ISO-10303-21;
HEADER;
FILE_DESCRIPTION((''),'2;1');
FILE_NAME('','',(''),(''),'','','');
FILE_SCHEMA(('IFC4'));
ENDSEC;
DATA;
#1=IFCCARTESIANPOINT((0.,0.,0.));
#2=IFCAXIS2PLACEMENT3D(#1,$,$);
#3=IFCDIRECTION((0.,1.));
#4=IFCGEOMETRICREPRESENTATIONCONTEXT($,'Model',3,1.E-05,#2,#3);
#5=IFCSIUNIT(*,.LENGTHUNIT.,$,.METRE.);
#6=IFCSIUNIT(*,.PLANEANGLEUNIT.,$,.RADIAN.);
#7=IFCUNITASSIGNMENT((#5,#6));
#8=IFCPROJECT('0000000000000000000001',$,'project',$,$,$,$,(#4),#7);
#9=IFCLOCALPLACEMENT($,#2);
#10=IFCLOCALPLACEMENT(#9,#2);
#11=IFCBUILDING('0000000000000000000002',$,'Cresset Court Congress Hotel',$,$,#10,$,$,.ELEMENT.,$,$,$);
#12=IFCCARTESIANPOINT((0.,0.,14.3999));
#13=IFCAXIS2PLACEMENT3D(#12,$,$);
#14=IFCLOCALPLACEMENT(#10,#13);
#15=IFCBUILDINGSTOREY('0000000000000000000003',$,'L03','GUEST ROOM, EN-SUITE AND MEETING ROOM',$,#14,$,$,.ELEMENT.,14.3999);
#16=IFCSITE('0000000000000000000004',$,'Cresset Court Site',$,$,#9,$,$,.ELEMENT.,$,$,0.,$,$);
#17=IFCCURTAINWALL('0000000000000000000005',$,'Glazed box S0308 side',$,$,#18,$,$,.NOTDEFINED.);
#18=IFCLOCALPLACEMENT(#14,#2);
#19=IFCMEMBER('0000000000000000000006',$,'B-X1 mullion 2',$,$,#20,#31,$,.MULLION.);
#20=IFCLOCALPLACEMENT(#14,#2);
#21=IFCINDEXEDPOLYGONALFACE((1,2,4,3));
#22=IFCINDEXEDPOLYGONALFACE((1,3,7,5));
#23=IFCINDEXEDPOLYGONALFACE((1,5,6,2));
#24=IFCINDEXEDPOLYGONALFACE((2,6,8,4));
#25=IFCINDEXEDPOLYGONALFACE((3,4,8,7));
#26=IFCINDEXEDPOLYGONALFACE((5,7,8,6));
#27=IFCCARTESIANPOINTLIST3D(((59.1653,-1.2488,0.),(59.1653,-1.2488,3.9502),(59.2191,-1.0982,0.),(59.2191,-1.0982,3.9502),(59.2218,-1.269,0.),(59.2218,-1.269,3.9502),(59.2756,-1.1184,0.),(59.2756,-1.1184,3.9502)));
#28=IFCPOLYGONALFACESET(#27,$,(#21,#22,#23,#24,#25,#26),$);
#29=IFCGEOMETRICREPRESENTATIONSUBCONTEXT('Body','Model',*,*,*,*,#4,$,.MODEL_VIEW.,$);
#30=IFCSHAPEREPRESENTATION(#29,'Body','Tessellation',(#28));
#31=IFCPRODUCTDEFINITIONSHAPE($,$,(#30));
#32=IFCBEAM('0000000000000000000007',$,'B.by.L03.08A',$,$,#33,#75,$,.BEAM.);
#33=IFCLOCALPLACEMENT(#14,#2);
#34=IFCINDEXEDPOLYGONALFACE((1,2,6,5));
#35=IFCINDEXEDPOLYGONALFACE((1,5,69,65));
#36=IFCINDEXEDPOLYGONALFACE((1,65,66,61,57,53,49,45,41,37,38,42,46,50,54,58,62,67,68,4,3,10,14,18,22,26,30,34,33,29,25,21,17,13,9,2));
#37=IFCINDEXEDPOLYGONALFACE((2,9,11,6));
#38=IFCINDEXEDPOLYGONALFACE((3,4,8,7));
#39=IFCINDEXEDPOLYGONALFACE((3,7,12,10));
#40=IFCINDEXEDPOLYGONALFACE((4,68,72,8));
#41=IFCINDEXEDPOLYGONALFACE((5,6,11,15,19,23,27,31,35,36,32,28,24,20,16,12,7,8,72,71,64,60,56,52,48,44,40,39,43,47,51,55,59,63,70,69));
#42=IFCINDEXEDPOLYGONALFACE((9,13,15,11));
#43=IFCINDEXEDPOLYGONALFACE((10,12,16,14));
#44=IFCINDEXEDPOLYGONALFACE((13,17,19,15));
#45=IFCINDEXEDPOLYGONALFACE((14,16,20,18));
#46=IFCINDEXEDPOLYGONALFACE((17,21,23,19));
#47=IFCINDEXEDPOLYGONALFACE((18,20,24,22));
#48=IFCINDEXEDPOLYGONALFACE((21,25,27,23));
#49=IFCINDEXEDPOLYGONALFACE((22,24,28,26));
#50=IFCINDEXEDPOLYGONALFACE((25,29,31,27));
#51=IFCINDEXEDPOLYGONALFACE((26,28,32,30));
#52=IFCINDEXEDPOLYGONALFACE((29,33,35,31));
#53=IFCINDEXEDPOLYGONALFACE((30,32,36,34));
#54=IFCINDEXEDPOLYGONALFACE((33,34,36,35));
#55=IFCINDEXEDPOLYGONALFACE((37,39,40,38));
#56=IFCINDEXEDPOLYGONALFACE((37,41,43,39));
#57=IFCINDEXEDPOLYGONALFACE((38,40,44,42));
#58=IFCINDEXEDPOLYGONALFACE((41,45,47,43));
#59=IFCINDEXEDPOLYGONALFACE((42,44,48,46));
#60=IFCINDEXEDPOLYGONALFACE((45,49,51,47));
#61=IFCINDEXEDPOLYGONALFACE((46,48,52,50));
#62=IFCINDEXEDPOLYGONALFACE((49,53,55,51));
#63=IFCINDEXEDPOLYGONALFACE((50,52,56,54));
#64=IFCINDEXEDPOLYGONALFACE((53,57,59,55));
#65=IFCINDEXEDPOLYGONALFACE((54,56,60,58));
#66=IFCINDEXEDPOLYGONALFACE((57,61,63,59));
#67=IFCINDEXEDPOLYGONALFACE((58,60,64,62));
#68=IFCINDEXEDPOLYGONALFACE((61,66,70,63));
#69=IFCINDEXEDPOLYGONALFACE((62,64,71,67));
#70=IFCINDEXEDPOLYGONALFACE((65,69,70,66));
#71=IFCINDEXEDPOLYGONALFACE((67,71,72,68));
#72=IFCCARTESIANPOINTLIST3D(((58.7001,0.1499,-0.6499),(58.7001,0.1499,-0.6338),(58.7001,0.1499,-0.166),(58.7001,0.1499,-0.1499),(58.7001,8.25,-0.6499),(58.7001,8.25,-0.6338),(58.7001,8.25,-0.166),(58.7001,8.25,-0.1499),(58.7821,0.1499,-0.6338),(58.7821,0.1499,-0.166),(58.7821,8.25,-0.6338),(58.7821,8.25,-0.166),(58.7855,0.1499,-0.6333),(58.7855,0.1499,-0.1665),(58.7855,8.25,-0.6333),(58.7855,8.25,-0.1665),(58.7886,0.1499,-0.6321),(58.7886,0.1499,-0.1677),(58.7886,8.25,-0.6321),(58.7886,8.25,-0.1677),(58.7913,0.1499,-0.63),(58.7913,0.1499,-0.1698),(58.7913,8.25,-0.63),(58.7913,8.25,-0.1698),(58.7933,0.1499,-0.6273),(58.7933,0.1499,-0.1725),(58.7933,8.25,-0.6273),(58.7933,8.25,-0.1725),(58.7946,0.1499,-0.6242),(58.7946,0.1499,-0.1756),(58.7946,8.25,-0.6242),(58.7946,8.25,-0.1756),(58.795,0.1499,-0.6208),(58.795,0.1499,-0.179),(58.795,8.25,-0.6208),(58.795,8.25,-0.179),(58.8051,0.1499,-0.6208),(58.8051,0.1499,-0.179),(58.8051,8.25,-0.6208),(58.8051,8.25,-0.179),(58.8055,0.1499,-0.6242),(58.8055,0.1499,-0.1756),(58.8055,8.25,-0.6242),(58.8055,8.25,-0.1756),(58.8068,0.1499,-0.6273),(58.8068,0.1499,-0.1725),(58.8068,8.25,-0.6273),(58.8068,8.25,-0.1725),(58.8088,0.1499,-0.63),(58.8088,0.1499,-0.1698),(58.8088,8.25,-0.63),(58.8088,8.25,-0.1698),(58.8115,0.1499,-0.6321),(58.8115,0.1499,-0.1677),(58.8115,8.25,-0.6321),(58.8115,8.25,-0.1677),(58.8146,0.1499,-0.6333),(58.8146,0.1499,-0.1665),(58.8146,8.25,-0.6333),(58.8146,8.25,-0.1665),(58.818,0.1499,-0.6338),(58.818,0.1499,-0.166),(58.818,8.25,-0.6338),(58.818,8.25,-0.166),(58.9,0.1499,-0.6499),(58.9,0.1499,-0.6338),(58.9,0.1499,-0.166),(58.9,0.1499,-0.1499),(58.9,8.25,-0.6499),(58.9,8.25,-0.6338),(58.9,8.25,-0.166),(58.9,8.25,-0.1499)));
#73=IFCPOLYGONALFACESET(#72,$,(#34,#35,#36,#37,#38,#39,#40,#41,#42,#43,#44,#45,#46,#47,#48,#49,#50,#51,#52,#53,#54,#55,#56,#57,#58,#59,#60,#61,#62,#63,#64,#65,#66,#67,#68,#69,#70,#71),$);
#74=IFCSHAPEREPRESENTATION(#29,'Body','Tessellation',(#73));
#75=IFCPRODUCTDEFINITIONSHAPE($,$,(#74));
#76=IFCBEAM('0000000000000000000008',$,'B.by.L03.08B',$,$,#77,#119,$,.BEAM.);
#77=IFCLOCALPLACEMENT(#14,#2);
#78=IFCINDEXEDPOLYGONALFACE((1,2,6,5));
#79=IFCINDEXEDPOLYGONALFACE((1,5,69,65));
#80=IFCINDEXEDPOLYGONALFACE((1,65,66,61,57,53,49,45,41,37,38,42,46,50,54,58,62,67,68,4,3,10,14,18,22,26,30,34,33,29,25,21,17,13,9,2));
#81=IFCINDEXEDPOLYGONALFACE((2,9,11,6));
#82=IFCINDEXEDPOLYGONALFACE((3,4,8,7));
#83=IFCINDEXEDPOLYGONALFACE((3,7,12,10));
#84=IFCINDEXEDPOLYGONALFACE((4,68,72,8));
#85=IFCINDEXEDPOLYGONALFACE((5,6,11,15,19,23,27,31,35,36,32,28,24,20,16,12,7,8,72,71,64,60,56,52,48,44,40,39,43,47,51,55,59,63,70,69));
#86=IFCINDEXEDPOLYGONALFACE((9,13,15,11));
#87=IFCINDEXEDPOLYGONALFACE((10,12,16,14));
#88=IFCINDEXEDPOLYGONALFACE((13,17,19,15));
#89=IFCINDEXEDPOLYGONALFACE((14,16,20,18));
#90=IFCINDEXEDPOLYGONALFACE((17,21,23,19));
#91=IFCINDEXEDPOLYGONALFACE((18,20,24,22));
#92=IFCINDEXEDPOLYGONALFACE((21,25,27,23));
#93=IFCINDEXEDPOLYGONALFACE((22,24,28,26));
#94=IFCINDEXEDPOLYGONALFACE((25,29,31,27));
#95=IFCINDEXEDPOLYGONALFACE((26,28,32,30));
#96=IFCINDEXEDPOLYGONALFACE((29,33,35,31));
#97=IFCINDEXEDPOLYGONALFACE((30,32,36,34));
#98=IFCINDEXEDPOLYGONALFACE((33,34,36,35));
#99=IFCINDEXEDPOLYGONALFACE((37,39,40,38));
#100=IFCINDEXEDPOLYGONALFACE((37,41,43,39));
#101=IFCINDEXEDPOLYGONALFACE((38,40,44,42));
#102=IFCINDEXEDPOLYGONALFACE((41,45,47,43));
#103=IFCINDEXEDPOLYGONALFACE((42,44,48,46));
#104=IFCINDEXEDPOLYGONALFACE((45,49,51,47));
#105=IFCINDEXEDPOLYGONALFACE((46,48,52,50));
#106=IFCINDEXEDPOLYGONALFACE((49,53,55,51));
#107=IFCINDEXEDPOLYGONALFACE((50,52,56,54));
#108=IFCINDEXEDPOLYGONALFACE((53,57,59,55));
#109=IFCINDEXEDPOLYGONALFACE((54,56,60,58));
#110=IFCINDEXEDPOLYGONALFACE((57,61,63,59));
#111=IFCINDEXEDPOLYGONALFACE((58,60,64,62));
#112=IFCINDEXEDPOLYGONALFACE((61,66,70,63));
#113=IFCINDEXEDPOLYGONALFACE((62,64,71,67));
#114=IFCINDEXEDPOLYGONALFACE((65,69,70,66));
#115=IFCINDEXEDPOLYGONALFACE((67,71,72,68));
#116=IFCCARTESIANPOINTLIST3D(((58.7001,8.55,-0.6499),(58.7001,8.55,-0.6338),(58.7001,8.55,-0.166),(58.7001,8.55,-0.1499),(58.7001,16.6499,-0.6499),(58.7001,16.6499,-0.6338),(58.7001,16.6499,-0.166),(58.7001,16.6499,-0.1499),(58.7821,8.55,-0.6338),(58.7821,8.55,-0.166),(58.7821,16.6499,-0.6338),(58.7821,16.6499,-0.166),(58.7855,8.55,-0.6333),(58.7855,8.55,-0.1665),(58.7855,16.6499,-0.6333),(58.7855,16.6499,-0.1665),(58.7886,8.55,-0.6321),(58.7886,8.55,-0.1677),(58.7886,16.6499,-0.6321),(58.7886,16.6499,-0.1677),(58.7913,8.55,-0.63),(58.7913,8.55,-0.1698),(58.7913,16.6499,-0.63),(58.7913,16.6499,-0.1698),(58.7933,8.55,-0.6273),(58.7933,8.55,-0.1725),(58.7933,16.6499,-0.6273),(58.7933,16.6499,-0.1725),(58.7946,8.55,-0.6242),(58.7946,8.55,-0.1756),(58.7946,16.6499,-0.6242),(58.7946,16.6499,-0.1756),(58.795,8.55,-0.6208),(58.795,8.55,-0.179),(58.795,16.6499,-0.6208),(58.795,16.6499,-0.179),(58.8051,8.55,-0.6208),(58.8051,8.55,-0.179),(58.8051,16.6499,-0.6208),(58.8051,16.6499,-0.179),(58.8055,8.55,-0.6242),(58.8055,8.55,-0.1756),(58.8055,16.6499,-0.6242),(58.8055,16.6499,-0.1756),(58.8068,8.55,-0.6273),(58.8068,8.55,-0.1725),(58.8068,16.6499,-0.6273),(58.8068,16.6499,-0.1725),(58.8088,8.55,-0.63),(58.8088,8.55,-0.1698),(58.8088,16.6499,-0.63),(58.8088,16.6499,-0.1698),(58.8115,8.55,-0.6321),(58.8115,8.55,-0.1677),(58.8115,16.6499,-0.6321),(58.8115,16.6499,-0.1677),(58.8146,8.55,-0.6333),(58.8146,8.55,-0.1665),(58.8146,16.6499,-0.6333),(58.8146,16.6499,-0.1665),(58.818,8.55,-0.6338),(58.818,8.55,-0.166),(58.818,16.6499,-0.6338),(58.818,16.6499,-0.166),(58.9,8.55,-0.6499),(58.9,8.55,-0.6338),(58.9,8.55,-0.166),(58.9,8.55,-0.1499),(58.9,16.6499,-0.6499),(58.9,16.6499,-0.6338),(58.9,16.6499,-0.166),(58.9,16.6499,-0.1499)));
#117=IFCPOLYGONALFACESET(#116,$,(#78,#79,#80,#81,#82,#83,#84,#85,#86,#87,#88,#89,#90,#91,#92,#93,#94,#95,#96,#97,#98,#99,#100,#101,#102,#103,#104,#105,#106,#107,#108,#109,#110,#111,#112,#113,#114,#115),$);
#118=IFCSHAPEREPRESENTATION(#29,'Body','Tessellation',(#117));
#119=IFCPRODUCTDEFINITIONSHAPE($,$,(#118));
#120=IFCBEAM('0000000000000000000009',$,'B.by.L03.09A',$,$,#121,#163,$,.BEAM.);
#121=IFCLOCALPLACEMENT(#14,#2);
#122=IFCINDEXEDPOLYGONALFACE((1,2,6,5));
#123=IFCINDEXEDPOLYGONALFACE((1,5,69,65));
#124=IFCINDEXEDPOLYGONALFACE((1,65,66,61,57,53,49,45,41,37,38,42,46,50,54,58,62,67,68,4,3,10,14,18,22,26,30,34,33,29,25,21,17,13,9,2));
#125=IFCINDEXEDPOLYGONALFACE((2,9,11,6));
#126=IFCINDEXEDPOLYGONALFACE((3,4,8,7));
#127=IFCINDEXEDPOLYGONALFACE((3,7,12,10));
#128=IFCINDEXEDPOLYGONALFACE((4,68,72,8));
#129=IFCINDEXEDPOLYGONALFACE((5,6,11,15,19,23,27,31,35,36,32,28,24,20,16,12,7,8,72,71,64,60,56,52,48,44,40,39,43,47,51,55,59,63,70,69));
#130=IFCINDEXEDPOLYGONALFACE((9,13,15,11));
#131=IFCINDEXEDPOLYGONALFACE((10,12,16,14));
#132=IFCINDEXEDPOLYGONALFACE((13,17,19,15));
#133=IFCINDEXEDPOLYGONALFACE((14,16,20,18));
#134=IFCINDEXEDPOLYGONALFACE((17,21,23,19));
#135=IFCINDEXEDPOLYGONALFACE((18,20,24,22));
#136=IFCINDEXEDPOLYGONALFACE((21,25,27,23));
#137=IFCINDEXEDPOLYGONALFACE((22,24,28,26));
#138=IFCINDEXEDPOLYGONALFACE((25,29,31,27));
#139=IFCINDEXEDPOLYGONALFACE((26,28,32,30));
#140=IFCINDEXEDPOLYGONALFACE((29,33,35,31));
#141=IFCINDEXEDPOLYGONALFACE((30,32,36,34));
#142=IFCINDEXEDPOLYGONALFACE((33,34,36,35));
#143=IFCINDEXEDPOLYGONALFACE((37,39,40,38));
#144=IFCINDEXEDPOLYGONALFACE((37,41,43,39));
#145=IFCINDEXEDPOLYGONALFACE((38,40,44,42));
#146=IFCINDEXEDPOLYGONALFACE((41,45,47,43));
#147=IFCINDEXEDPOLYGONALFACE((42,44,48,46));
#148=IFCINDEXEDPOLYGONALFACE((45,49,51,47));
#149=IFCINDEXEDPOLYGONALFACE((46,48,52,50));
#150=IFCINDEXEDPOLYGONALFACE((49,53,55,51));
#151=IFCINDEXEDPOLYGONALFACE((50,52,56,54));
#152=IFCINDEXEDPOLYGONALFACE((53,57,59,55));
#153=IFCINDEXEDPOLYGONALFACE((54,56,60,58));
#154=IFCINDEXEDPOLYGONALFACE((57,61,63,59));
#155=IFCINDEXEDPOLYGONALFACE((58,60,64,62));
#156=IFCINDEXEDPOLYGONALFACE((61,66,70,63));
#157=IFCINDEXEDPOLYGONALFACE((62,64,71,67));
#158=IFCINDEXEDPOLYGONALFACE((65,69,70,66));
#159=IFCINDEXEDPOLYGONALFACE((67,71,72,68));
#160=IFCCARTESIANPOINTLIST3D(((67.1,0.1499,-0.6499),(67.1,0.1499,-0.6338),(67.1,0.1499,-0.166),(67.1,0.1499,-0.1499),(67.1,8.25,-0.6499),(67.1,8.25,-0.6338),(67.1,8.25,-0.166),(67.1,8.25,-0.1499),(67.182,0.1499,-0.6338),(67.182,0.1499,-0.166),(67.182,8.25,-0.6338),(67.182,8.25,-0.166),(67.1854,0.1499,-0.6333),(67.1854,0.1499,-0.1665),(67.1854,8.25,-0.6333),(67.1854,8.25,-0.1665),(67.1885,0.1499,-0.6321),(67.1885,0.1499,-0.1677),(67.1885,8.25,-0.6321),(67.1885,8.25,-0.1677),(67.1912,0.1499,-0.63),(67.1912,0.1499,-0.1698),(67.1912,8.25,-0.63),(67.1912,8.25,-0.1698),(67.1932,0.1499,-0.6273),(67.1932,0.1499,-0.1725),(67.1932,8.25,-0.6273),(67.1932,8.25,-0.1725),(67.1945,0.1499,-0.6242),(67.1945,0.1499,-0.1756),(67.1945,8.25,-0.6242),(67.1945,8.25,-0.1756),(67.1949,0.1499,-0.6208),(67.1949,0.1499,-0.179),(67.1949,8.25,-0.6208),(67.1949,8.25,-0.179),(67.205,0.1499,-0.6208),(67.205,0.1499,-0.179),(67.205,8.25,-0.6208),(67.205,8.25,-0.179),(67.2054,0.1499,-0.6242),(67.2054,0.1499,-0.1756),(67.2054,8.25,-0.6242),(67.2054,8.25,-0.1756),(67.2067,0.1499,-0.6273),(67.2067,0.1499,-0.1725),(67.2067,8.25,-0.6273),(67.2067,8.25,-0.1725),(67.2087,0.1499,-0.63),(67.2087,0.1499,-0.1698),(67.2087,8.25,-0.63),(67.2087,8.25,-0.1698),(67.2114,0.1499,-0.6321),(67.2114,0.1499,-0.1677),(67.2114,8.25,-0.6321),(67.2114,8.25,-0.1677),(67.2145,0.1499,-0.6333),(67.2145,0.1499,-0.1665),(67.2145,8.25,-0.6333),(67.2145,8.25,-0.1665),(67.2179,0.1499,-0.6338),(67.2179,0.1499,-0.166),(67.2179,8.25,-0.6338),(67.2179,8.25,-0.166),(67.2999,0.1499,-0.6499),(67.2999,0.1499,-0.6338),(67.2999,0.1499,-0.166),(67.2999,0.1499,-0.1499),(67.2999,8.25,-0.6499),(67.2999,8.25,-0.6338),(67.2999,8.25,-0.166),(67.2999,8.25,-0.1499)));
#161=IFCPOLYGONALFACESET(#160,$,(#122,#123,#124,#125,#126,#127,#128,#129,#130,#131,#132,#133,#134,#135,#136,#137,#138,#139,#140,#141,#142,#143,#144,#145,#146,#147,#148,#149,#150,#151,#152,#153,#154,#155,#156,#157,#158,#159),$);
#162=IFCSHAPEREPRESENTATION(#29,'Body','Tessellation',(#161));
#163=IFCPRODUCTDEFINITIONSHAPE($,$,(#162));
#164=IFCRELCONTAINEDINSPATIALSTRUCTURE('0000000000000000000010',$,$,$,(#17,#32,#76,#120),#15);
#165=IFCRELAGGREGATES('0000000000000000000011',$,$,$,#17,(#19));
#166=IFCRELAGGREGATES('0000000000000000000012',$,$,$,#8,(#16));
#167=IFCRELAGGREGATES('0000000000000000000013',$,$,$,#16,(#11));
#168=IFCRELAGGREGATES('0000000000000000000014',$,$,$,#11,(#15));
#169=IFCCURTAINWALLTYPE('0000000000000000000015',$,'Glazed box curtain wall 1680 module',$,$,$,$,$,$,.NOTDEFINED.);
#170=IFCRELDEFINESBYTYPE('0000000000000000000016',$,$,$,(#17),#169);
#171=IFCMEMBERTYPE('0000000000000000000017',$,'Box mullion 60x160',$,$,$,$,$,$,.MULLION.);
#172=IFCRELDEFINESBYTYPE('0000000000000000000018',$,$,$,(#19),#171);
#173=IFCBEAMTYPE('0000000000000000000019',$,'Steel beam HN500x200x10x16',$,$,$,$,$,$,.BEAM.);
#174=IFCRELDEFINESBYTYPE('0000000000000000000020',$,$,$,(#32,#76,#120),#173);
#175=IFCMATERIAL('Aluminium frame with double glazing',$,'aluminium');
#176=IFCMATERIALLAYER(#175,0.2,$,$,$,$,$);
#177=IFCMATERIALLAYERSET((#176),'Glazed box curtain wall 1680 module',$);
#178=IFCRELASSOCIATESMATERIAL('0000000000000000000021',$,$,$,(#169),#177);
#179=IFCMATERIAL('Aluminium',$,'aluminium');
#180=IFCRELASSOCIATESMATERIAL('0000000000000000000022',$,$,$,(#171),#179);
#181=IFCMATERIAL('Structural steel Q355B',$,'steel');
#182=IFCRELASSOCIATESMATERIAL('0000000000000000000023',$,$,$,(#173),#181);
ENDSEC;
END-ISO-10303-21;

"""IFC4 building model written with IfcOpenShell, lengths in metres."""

from ifc_helpers import new_model, si_unit, direction, frame, origin, origin_2d, place, context, subcontext, project, spatial, rectangle, i_section, extrude, material, layer, layer_set, material_profile, profile_set, type_object, element, aggregate, save


model = new_model("IFC4")

# Units and contexts
model_context = context("Model", 3, precision=1e-05, world=origin(), true_north=direction((0.0, 1.0)))
body_context = subcontext(model_context, "Body", "Model", "MODEL_VIEW")
ifc_project = project(units=[si_unit("LENGTHUNIT", "METRE"), si_unit("PLANEANGLEUNIT", "RADIAN")], contexts=[model_context])

# Site, building, storey
site_placement = place(None, origin())
site = spatial("IfcSite", under=ifc_project, at=site_placement, Name="Cresset Court Site", CompositionType="ELEMENT", RefElevation=0.0)
building_placement = place(site_placement, origin())
building = spatial("IfcBuilding", under=site, at=building_placement, Name="Cresset Court Congress Hotel", CompositionType="ELEMENT")
storey_placement = place(building_placement, frame((0.0, 0.0, 14.3999)))
storey = spatial("IfcBuildingStorey", under=building, at=storey_placement, Name="L03", Description="GUEST ROOM, EN-SUITE AND MEETING ROOM", CompositionType="ELEMENT", Elevation=14.3999)

# Curtain wall, member
ifc_material_1 = material(Name="Aluminium frame with double glazing", Category="aluminium")
ifc_layer_1 = layer(ifc_material_1, 0.2)
ifc_layer_set_1 = layer_set([ifc_layer_1], Name="Glazed box curtain wall 1680 module")
curtain_wall_type = type_object("IfcCurtainWallType", Name="Glazed box curtain wall 1680 module", PredefinedType="NOTDEFINED", material=ifc_layer_set_1)
ifc_material_2 = material(Name="Aluminium", Category="aluminium")
ifc_material_profile_1 = material_profile(ifc_material_2, rectangle(XDim=0.0601, YDim=0.1599, at=origin_2d()), Name="Box mullion 60x160")
ifc_profile_set_1 = profile_set([ifc_material_profile_1], Name="Aluminium")
member_type_1 = type_object("IfcMemberType", Name="Box mullion 60x160", PredefinedType="MULLION", material=ifc_profile_set_1)
curtain_wall_1_placement = place(storey_placement, origin())
curtain_wall_1 = element("IfcCurtainWall", 1, at=curtain_wall_1_placement, inside=storey, type_object=curtain_wall_type, Name="Glazed box S0308 side", PredefinedType="NOTDEFINED")
member_1_placement = place(storey_placement, frame((59.2205, -1.1836, 0.0), z_axis=(0.0, 0.0, 1.0), x_axis=(-0.941742, 0.336336, 0.0)))
member_1 = element("IfcMember", 2, at=member_1_placement, type_object=member_type_1, Name="B-X1 mullion 2", PredefinedType="MULLION", context=body_context, shape_type="SweptSolid", body=[
    extrude(rectangle(XDim=0.0601, YDim=0.1599, at=origin_2d()), origin(), (0.0, 0.0, 1.0), 3.9502),
])
aggregate(curtain_wall_1, [member_1])

# Beams
ifc_material_3 = material(Name="Structural steel Q355B", Category="steel")
ifc_material_profile_2 = material_profile(ifc_material_3, i_section(OverallWidth=0.2, OverallDepth=0.5, WebThickness=0.01, FlangeThickness=0.0161, FilletRadius=0.0129, at=origin_2d()), Name="HN500x200x10x16")
ifc_profile_set_2 = profile_set([ifc_material_profile_2], Name="Structural steel Q355B")
beam_type_1 = type_object("IfcBeamType", Name="Steel beam HN500x200x10x16", PredefinedType="BEAM", material=ifc_profile_set_2)
beam_1_placement = place(storey_placement, frame((58.8, 0.1499, -0.3999), z_axis=(0.0, 1.0, 0.0), x_axis=(-1.0, 0.0, 0.0)))
element("IfcBeam", 3, at=beam_1_placement, inside=storey, type_object=beam_type_1, Name="B.by.L03.08A", PredefinedType="BEAM", context=body_context, shape_type="SweptSolid", body=[
    extrude(i_section(OverallWidth=0.2, OverallDepth=0.5, WebThickness=0.01, FlangeThickness=0.0161, FilletRadius=0.0129, at=origin_2d()), origin(), (0.0, 0.0, 1.0), 8.1001),
])
beam_2_placement = place(storey_placement, frame((58.8, 8.55, -0.3999), z_axis=(0.0, 1.0, 0.0), x_axis=(-1.0, 0.0, 0.0)))
element("IfcBeam", 4, at=beam_2_placement, inside=storey, type_object=beam_type_1, Name="B.by.L03.08B", PredefinedType="BEAM", context=body_context, shape_type="SweptSolid", body=[
    extrude(i_section(OverallWidth=0.2, OverallDepth=0.5, WebThickness=0.01, FlangeThickness=0.0161, FilletRadius=0.0129, at=origin_2d()), origin(), (0.0, 0.0, 1.0), 8.0999),
])
beam_3_placement = place(storey_placement, frame((67.2, 0.1499, -0.3999), z_axis=(0.0, 1.0, 0.0), x_axis=(-1.0, 0.0, 0.0)))
element("IfcBeam", 5, at=beam_3_placement, inside=storey, type_object=beam_type_1, Name="B.by.L03.09A", PredefinedType="BEAM", context=body_context, shape_type="SweptSolid", body=[
    extrude(i_section(OverallWidth=0.2, OverallDepth=0.5, WebThickness=0.01, FlangeThickness=0.0161, FilletRadius=0.0129, at=origin_2d()), origin(), (0.0, 0.0, 1.0), 8.1001),
])

save(model, "model.ifc")
